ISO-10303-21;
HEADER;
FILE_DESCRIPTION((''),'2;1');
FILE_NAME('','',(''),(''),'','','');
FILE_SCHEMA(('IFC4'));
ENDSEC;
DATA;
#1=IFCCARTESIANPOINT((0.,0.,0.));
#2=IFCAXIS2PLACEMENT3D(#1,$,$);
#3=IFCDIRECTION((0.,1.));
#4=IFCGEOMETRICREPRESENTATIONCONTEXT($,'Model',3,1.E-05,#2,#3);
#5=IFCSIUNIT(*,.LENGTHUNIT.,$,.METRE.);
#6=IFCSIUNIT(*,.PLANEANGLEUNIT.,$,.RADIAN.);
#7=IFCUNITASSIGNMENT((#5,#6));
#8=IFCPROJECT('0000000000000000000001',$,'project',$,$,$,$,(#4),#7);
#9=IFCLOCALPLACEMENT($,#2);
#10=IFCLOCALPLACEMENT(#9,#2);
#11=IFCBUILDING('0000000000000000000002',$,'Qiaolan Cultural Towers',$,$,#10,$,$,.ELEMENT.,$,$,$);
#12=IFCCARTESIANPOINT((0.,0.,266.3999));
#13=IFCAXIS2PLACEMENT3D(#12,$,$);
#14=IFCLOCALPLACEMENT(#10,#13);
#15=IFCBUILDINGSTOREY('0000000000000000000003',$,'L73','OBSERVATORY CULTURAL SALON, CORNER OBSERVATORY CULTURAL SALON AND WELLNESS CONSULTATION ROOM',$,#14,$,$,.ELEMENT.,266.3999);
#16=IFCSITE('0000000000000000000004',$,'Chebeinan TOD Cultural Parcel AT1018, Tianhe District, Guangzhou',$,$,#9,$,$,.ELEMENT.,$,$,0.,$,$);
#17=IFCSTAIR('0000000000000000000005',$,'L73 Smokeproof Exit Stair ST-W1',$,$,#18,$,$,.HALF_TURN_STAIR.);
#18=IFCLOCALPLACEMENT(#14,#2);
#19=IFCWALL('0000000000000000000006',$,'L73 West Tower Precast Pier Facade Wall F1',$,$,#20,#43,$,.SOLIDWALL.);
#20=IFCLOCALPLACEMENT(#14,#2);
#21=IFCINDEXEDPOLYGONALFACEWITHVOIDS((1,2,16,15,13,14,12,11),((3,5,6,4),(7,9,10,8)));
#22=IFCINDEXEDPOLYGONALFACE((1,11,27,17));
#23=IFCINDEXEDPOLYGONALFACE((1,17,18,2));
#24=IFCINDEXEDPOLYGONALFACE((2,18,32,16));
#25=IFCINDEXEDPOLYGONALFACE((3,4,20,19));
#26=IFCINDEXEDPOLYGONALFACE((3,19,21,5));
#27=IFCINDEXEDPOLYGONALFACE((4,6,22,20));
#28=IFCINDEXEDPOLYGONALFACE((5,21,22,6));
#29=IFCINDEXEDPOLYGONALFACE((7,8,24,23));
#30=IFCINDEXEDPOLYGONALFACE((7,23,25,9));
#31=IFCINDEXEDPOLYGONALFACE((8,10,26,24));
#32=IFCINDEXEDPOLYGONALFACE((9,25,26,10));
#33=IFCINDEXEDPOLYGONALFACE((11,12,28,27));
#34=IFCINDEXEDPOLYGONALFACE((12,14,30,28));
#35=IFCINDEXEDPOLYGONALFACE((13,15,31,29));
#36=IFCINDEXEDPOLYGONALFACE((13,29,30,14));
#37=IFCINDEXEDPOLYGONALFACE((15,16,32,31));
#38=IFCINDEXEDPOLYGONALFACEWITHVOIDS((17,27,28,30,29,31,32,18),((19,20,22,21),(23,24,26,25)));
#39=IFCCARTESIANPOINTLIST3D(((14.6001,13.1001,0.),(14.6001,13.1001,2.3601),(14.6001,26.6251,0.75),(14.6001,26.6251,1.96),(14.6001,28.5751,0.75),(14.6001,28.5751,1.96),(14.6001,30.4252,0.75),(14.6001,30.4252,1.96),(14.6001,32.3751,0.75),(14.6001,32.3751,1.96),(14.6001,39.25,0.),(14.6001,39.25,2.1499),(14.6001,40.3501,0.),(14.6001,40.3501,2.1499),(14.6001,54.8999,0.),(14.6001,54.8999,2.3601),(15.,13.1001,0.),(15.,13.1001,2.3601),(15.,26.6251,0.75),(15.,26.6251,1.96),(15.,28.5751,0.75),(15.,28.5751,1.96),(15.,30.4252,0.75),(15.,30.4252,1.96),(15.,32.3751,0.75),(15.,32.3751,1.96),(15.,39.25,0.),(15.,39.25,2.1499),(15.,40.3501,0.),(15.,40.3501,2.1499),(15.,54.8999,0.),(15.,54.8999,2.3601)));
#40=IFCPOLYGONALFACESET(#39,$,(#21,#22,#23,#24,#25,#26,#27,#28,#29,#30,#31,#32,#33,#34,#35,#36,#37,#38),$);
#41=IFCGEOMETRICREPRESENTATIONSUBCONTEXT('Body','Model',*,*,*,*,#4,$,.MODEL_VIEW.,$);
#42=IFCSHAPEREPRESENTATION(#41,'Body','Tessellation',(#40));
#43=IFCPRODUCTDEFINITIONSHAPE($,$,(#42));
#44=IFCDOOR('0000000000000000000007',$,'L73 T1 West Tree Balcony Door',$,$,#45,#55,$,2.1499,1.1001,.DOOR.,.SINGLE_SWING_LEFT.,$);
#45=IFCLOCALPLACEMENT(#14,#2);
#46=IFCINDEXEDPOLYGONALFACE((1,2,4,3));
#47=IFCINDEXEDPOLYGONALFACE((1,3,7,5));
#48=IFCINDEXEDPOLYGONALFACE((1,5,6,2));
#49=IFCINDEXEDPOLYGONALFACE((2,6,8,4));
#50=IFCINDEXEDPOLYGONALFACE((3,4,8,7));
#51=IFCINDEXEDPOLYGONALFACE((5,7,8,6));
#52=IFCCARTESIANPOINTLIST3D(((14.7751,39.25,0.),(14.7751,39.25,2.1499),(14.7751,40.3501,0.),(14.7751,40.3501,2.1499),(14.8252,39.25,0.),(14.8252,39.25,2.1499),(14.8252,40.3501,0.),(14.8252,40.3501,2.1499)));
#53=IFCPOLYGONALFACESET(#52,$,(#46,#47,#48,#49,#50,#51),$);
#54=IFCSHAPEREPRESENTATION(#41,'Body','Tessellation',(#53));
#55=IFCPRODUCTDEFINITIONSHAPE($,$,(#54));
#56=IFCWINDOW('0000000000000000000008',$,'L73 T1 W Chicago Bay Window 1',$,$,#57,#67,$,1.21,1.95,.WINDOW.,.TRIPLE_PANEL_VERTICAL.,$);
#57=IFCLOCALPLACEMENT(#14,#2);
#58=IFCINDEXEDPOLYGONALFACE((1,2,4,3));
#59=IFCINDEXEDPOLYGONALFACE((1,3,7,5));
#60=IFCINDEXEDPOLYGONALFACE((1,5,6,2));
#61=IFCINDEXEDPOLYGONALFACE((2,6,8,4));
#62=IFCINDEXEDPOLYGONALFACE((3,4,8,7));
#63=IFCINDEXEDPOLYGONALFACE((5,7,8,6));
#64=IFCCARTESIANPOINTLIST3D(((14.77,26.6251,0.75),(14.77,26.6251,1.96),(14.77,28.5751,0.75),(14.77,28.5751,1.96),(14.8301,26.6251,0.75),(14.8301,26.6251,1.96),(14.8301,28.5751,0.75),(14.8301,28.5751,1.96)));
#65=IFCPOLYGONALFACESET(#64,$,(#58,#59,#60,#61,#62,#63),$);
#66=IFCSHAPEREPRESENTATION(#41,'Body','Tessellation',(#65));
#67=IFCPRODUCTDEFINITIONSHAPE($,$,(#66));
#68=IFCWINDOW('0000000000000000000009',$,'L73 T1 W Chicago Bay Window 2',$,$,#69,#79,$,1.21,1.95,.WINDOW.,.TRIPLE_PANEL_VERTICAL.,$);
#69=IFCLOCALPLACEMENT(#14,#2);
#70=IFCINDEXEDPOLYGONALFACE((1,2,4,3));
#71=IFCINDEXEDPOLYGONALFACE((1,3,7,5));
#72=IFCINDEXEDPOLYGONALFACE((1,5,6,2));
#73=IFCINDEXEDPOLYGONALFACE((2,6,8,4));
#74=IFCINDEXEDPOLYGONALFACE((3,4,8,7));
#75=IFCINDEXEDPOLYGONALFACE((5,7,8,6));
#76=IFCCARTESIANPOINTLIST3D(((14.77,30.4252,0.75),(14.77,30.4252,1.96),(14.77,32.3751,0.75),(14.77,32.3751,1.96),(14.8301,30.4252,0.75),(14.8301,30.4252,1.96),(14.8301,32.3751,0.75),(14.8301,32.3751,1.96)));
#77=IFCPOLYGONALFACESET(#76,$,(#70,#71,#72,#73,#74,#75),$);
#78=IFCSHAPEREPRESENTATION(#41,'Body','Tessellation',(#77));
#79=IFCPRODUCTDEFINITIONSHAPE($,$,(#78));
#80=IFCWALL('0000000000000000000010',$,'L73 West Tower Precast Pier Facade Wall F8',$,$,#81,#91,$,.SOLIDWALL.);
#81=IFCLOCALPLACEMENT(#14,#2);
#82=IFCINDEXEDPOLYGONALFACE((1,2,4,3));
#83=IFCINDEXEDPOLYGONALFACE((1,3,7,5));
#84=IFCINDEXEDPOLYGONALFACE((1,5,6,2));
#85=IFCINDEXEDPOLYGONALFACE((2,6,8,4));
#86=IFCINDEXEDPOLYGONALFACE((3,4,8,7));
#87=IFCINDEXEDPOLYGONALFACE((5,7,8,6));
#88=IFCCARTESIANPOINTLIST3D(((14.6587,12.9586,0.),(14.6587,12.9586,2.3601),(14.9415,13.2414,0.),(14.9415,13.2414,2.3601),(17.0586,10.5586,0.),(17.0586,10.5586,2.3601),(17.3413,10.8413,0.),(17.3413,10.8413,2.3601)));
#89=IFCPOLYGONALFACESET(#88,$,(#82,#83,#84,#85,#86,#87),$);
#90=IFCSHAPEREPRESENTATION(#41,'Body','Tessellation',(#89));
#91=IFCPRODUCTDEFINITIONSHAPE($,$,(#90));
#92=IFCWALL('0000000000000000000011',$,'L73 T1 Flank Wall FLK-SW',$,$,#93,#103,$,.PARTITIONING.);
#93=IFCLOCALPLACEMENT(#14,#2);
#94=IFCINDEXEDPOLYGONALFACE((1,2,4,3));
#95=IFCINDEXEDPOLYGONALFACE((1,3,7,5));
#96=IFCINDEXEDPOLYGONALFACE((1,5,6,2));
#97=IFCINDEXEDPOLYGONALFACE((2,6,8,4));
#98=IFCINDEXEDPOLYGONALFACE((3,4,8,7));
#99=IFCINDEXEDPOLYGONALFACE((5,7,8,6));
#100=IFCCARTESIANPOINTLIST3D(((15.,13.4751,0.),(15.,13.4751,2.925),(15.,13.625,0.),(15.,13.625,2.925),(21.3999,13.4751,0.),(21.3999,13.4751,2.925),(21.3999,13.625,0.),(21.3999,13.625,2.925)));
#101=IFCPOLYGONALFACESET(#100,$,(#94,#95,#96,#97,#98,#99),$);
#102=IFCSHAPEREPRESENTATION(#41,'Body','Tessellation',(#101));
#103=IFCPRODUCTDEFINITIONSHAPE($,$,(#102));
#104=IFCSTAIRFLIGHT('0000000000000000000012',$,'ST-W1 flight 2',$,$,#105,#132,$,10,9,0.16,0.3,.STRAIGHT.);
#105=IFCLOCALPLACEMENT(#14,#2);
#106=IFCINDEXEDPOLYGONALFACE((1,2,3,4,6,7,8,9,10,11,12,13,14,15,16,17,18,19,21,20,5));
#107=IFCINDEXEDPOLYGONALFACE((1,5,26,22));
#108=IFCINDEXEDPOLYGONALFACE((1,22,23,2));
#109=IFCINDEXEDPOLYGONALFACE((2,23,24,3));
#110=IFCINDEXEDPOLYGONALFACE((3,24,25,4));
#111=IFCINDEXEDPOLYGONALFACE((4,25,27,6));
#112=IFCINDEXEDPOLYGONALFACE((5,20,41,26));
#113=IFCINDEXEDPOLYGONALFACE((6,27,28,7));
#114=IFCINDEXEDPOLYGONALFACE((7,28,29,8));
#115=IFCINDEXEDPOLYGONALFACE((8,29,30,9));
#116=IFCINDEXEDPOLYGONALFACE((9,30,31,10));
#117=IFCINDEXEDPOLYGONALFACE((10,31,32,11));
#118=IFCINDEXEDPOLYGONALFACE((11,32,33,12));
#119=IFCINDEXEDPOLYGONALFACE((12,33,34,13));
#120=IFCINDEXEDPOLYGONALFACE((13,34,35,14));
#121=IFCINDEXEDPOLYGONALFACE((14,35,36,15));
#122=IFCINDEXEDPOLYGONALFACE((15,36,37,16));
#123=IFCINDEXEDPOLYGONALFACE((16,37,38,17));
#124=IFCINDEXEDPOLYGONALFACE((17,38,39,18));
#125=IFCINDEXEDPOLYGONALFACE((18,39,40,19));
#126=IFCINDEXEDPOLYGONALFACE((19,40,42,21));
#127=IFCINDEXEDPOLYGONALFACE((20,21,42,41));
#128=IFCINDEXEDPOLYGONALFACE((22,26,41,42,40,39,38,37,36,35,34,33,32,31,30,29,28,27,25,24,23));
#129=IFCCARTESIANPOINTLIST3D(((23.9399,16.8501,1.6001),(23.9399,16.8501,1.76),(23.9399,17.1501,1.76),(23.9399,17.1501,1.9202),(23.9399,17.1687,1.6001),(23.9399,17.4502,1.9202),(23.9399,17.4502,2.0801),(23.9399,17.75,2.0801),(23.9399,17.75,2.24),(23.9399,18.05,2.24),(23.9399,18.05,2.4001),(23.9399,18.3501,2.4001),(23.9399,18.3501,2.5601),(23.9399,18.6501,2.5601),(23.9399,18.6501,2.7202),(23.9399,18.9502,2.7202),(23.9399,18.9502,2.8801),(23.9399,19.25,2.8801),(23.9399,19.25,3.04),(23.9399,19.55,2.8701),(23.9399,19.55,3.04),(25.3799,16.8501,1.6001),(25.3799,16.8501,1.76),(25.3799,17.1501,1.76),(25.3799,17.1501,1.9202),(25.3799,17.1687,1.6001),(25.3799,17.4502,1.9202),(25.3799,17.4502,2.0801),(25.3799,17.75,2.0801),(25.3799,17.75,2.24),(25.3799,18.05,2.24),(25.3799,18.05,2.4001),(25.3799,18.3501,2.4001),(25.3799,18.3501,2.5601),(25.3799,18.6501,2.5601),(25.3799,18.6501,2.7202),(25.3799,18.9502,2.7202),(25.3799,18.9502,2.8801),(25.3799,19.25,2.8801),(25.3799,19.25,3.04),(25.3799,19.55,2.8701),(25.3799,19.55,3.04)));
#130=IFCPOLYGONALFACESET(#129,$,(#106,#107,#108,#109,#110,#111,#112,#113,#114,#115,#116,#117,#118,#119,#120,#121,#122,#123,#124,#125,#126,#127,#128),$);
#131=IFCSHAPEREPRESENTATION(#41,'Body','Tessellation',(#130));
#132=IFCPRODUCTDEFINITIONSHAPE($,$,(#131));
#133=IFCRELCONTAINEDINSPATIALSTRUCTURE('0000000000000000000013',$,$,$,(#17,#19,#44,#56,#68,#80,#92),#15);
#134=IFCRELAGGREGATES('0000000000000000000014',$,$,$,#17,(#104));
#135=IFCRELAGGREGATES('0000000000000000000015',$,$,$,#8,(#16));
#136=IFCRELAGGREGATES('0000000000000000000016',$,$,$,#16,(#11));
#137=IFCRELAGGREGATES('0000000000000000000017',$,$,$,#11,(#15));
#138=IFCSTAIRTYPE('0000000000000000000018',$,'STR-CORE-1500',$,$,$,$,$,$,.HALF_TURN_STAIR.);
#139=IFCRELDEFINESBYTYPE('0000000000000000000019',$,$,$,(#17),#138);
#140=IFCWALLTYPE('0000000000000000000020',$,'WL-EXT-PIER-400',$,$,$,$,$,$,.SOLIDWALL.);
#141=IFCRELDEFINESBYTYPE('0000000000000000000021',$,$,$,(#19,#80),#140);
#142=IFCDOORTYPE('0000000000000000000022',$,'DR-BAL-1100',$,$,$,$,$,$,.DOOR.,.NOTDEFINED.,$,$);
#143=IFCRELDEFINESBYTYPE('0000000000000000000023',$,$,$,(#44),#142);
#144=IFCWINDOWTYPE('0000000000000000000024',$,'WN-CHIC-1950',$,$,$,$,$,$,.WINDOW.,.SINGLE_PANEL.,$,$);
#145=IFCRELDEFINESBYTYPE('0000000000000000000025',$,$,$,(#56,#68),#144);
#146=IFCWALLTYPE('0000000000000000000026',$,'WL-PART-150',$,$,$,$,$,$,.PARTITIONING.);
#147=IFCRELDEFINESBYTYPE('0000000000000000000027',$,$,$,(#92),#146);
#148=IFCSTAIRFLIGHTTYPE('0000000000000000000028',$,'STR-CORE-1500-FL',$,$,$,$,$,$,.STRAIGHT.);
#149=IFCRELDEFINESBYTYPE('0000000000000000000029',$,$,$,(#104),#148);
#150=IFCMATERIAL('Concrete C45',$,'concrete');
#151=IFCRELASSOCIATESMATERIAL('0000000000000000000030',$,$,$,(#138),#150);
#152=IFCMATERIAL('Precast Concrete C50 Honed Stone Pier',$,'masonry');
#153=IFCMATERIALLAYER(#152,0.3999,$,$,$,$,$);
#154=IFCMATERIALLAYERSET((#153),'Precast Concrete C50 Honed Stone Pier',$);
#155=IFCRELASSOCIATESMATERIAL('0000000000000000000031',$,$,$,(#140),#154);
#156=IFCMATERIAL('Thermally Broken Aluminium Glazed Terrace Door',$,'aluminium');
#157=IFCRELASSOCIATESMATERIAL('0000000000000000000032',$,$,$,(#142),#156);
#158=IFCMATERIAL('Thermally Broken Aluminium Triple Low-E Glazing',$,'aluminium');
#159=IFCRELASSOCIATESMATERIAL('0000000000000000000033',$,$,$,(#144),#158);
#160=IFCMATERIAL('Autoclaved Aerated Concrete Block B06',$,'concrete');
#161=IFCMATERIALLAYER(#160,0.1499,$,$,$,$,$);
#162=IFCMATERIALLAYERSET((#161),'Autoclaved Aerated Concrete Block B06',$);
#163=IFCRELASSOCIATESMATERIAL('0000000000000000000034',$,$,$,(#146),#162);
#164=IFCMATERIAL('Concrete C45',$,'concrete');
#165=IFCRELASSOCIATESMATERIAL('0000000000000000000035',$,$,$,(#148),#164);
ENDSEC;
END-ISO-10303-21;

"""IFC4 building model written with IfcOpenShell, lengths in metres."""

from ifc_helpers import new_model, si_unit, direction, frame, frame_2d, origin, place, context, subcontext, project, spatial, polyline, rectangle, outline, extrude, material, layer, layer_set, type_object, element, fill, aggregate, save


model = new_model("IFC4")

# Units and contexts
model_context = context("Model", 3, precision=1e-05, world=origin(), true_north=direction((0.0, 1.0)))
body_context = subcontext(model_context, "Body", "Model", "MODEL_VIEW")
ifc_project = project(units=[si_unit("LENGTHUNIT", "METRE"), si_unit("PLANEANGLEUNIT", "RADIAN")], contexts=[model_context])

# Site, building, storey
site_placement = place(None, origin())
site = spatial("IfcSite", under=ifc_project, at=site_placement, Name="Chebeinan TOD Cultural Parcel AT1018, Tianhe District, Guangzhou", CompositionType="ELEMENT", RefElevation=0.0)
building_placement = place(site_placement, origin())
building = spatial("IfcBuilding", under=site, at=building_placement, Name="Qiaolan Cultural Towers", CompositionType="ELEMENT")
storey_placement = place(building_placement, frame((0.0, 0.0, 266.3999)))
storey = spatial("IfcBuildingStorey", under=building, at=storey_placement, Name="L73", Description="OBSERVATORY CULTURAL SALON, CORNER OBSERVATORY CULTURAL SALON AND WELLNESS CONSULTATION ROOM", CompositionType="ELEMENT", Elevation=266.3999)

# Stair
ifc_material_1 = material(Name="Concrete C45", Category="concrete")
stair_type = type_object("IfcStairType", Name="STR-CORE-1500", PredefinedType="HALF_TURN_STAIR", material=ifc_material_1)
stair_1_placement = place(storey_placement, origin())
stair_1 = element("IfcStair", 1, at=stair_1_placement, inside=storey, type_object=stair_type, Name="L73 Smokeproof Exit Stair ST-W1", PredefinedType="HALF_TURN_STAIR")

# Wall, openings, door, windows
ifc_material_2 = material(Name="Precast Concrete C50 Honed Stone Pier", Category="masonry")
ifc_layer_1 = layer(ifc_material_2, 0.3999)
ifc_layer_set_1 = layer_set([ifc_layer_1], Name="Precast Concrete C50 Honed Stone Pier")
wall_type_1 = type_object("IfcWallType", Name="WL-EXT-PIER-400", PredefinedType="SOLIDWALL", material=ifc_layer_set_1)
wall_1_placement = place(storey_placement, frame((14.8, 13.1001, 0.0), z_axis=(0.0, 0.0, 1.0), x_axis=(0.0, 1.0, 0.0)))
wall_1 = element("IfcWall", 2, at=wall_1_placement, inside=storey, type_object=wall_type_1, Name="L73 West Tower Precast Pier Facade Wall F1", PredefinedType="SOLIDWALL", context=body_context, shape_type="SweptSolid", body=[
    extrude(rectangle(XDim=41.7998, YDim=0.3999, at=frame_2d((20.8999, 0.0))), origin(), (0.0, 0.0, 1.0), 2.3601),
])
opening_1_placement = place(wall_1_placement, frame((13.5249, 0.0, 0.75)))
opening_1 = element("IfcOpeningElement", 3, at=opening_1_placement, cuts=wall_1, PredefinedType="OPENING", context=body_context, shape_type="SweptSolid", body=[
    extrude(rectangle(XDim=1.95, YDim=1.21, at=frame_2d((0.9751, 0.605))), frame((0.0, 0.21, 0.0), z_axis=(0.0, -1.0, 0.0), x_axis=(1.0, 0.0, 0.0)), (0.0, 0.0, 1.0), 0.4199),
])
opening_2_placement = place(wall_1_placement, frame((17.325, 0.0, 0.75)))
opening_2 = element("IfcOpeningElement", 4, at=opening_2_placement, cuts=wall_1, PredefinedType="OPENING", context=body_context, shape_type="SweptSolid", body=[
    extrude(rectangle(XDim=1.95, YDim=1.21, at=frame_2d((0.9751, 0.605))), frame((0.0, 0.21, 0.0), z_axis=(0.0, -1.0, 0.0), x_axis=(1.0, 0.0, 0.0)), (0.0, 0.0, 1.0), 0.4199),
])
opening_3_placement = place(wall_1_placement, frame((26.1499, 0.0, 0.0)))
opening_3 = element("IfcOpeningElement", 5, at=opening_3_placement, cuts=wall_1, PredefinedType="OPENING", context=body_context, shape_type="SweptSolid", body=[
    extrude(rectangle(XDim=1.1001, YDim=2.1499, at=frame_2d((0.55, 1.075))), frame((0.0, 0.21, 0.0), z_axis=(0.0, -1.0, 0.0), x_axis=(1.0, 0.0, 0.0)), (0.0, 0.0, 1.0), 0.4199),
])
ifc_material_3 = material(Name="Thermally Broken Aluminium Glazed Terrace Door", Category="aluminium")
door_type = type_object("IfcDoorType", Name="DR-BAL-1100", OperationType="NOTDEFINED", PredefinedType="DOOR", material=ifc_material_3)
door_placement = place(opening_3_placement, origin())
door = element("IfcDoor", 6, at=door_placement, inside=storey, type_object=door_type, Name="L73 T1 West Tree Balcony Door", OperationType="SINGLE_SWING_LEFT", OverallHeight=2.1499, OverallWidth=1.1001, PredefinedType="DOOR", context=body_context, shape_type="SweptSolid", body=[
    extrude(rectangle(XDim=1.1001, YDim=2.1499, at=frame_2d((0.55, 1.075))), frame((0.0, 0.0249, 0.0), z_axis=(0.0, -1.0, 0.0), x_axis=(1.0, 0.0, 0.0)), (0.0, 0.0, 1.0), 0.05),
])
fill(opening_3, door)
ifc_material_4 = material(Name="Thermally Broken Aluminium Triple Low-E Glazing", Category="aluminium")
window_type = type_object("IfcWindowType", Name="WN-CHIC-1950", PartitioningType="SINGLE_PANEL", PredefinedType="WINDOW", material=ifc_material_4)
window_1_placement = place(opening_1_placement, origin())
window_1 = element("IfcWindow", 7, at=window_1_placement, inside=storey, type_object=window_type, Name="L73 T1 W Chicago Bay Window 1", OverallHeight=1.21, OverallWidth=1.95, PartitioningType="TRIPLE_PANEL_VERTICAL", PredefinedType="WINDOW", context=body_context, shape_type="SweptSolid", body=[
    extrude(rectangle(XDim=1.95, YDim=1.21, at=frame_2d((0.9751, 0.605))), frame((0.0, 0.03, 0.0), z_axis=(0.0, -1.0, 0.0), x_axis=(1.0, 0.0, 0.0)), (0.0, 0.0, 1.0), 0.0601),
])
fill(opening_1, window_1)
window_2_placement = place(opening_2_placement, origin())
window_2 = element("IfcWindow", 8, at=window_2_placement, inside=storey, type_object=window_type, Name="L73 T1 W Chicago Bay Window 2", OverallHeight=1.21, OverallWidth=1.95, PartitioningType="TRIPLE_PANEL_VERTICAL", PredefinedType="WINDOW", context=body_context, shape_type="SweptSolid", body=[
    extrude(rectangle(XDim=1.95, YDim=1.21, at=frame_2d((0.9751, 0.605))), frame((0.0, 0.03, 0.0), z_axis=(0.0, -1.0, 0.0), x_axis=(1.0, 0.0, 0.0)), (0.0, 0.0, 1.0), 0.0601),
])
fill(opening_2, window_2)

# Walls
wall_2_placement = place(storey_placement, frame((17.2, 10.7, 0.0), z_axis=(0.0, 0.0, 1.0), x_axis=(-0.707071, 0.707143, 0.0)))
element("IfcWall", 9, at=wall_2_placement, inside=storey, type_object=wall_type_1, Name="L73 West Tower Precast Pier Facade Wall F8", PredefinedType="SOLIDWALL", context=body_context, shape_type="SweptSolid", body=[
    extrude(rectangle(XDim=3.394, YDim=0.3999, at=frame_2d((1.697, 0.0))), origin(), (0.0, 0.0, 1.0), 2.3601),
])
ifc_material_5 = material(Name="Autoclaved Aerated Concrete Block B06", Category="concrete")
ifc_layer_2 = layer(ifc_material_5, 0.1499)
ifc_layer_set_2 = layer_set([ifc_layer_2], Name="Autoclaved Aerated Concrete Block B06")
wall_type_2 = type_object("IfcWallType", Name="WL-PART-150", PredefinedType="PARTITIONING", material=ifc_layer_set_2)
wall_3_placement = place(storey_placement, frame((15.0, 13.55, 0.0), z_axis=(0.0, 0.0, 1.0), x_axis=(1.0, 0.0, 0.0)))
element("IfcWall", 10, at=wall_3_placement, inside=storey, type_object=wall_type_2, Name="L73 T1 Flank Wall FLK-SW", PredefinedType="PARTITIONING", context=body_context, shape_type="SweptSolid", body=[
    extrude(rectangle(XDim=6.3999, YDim=0.1499, at=frame_2d((3.2, 0.0))), origin(), (0.0, 0.0, 1.0), 2.925),
])

# Stair flight
ifc_material_6 = material(Name="Concrete C45", Category="concrete")
stair_flight_type = type_object("IfcStairFlightType", Name="STR-CORE-1500-FL", PredefinedType="STRAIGHT", material=ifc_material_6)
stair_flight_placement = place(storey_placement, frame((24.6599, 16.8501, 1.6001), z_axis=(0.0, 0.0, 1.0), x_axis=(0.0, 1.0, 0.0)))
stair_flight = element("IfcStairFlight", 11, at=stair_flight_placement, type_object=stair_flight_type, Name="ST-W1 flight 2", NumberOfRisers=10, NumberOfTreads=9, PredefinedType="STRAIGHT", RiserHeight=0.16, TreadLength=0.3, context=body_context, shape_type="SweptSolid", body=[
    extrude(outline(polyline([(0.0, 0.0), (0.0, 0.1599), (0.3, 0.1599), (0.3, 0.3201), (0.6001, 0.3201), (0.6001, 0.48), (0.8999, 0.48), (0.8999, 0.6399), (1.2, 0.6399), (1.2, 0.8), (1.5, 0.8), (1.5, 0.96), (1.8, 0.96), (1.8, 1.1201), (2.1001, 1.1201), (2.1001, 1.28), (2.3999, 1.28), (2.3999, 1.4399), (2.7, 1.4399), (2.7, 1.6001), (2.7, 1.27), (0.3186, 0.0), (0.0, 0.0)])), frame((0.0, 0.72, 0.0), z_axis=(0.0, -1.0, 0.0), x_axis=(1.0, 0.0, 0.0)), (0.0, 0.0, 1.0), 1.4399),
])
aggregate(stair_1, [stair_flight])

save(model, "model.ifc")
